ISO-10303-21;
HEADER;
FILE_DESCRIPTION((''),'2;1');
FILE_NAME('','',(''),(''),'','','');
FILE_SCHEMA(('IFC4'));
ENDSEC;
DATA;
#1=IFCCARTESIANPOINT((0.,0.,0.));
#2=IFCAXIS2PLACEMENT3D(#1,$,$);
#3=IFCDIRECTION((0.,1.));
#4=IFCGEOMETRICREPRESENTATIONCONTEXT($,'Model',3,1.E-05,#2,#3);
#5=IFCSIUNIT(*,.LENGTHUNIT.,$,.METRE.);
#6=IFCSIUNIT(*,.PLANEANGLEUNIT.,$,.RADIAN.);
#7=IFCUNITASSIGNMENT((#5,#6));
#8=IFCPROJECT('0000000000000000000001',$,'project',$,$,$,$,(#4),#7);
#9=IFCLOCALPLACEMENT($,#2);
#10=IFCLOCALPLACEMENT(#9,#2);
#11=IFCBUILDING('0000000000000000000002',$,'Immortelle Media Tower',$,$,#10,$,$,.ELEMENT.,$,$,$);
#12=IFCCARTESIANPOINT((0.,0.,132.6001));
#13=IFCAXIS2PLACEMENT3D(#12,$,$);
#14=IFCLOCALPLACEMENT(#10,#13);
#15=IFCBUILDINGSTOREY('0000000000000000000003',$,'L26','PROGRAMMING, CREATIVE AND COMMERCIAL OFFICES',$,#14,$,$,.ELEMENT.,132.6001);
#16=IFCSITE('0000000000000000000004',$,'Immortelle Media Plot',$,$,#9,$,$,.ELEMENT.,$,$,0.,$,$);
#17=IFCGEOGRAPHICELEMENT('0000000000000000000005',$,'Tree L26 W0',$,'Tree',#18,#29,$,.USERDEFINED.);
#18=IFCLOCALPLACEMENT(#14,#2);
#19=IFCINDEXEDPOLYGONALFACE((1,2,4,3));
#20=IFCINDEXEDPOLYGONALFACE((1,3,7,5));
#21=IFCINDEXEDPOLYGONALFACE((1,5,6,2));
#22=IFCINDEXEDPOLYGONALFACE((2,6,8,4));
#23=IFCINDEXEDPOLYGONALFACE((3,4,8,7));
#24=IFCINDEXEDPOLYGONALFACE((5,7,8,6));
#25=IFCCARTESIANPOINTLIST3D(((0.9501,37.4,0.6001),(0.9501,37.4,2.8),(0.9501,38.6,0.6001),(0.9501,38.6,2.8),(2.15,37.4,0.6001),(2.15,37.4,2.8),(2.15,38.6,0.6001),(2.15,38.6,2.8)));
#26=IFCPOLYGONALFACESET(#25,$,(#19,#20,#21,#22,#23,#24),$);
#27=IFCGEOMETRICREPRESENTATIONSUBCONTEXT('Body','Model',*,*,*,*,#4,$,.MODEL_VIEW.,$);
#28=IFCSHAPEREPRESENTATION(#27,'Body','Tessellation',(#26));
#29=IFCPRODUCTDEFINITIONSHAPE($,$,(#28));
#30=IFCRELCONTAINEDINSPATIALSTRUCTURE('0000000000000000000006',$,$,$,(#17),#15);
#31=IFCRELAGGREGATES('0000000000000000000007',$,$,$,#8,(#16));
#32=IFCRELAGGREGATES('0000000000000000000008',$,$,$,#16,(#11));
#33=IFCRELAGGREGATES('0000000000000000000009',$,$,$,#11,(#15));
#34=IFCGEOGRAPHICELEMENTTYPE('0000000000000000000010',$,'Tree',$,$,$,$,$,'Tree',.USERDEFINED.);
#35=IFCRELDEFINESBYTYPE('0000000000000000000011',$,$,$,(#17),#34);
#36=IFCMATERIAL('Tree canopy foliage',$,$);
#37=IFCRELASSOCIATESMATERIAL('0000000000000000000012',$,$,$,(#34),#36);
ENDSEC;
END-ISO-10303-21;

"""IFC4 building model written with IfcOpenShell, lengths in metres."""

from ifc_helpers import new_model, si_unit, direction, frame, origin, origin_2d, place, context, subcontext, project, spatial, rectangle, extrude, material, type_object, element, save


model = new_model("IFC4")

# Units and contexts
model_context = context("Model", 3, precision=1e-05, world=origin(), true_north=direction((0.0, 1.0)))
body_context = subcontext(model_context, "Body", "Model", "MODEL_VIEW")
ifc_project = project(units=[si_unit("LENGTHUNIT", "METRE"), si_unit("PLANEANGLEUNIT", "RADIAN")], contexts=[model_context])

# Site, building, storey
site_placement = place(None, origin())
site = spatial("IfcSite", under=ifc_project, at=site_placement, Name="Immortelle Media Plot", CompositionType="ELEMENT", RefElevation=0.0)
building_placement = place(site_placement, origin())
building = spatial("IfcBuilding", under=site, at=building_placement, Name="Immortelle Media Tower", CompositionType="ELEMENT")
storey_placement = place(building_placement, frame((0.0, 0.0, 132.6001)))
storey = spatial("IfcBuildingStorey", under=building, at=storey_placement, Name="L26", Description="PROGRAMMING, CREATIVE AND COMMERCIAL OFFICES", CompositionType="ELEMENT", Elevation=132.6001)

# Geographic element
ifc_material_1 = material(Name="Tree canopy foliage")
geographic_element_type = type_object("IfcGeographicElementType", Name="Tree", ElementType="Tree", PredefinedType="USERDEFINED", material=ifc_material_1)
geographic_element_placement = place(storey_placement, frame((1.55, 38.0, 0.6001), z_axis=(0.0, 0.0, 1.0), x_axis=(1.0, 0.0, 0.0)))
element("IfcGeographicElement", 1, at=geographic_element_placement, inside=storey, type_object=geographic_element_type, Name="Tree L26 W0", ObjectType="Tree", PredefinedType="USERDEFINED", context=body_context, shape_type="SweptSolid", body=[
    extrude(rectangle(XDim=1.2, YDim=1.2, at=origin_2d()), origin(), (0.0, 0.0, 1.0), 2.2),
])

save(model, "model.ifc")
